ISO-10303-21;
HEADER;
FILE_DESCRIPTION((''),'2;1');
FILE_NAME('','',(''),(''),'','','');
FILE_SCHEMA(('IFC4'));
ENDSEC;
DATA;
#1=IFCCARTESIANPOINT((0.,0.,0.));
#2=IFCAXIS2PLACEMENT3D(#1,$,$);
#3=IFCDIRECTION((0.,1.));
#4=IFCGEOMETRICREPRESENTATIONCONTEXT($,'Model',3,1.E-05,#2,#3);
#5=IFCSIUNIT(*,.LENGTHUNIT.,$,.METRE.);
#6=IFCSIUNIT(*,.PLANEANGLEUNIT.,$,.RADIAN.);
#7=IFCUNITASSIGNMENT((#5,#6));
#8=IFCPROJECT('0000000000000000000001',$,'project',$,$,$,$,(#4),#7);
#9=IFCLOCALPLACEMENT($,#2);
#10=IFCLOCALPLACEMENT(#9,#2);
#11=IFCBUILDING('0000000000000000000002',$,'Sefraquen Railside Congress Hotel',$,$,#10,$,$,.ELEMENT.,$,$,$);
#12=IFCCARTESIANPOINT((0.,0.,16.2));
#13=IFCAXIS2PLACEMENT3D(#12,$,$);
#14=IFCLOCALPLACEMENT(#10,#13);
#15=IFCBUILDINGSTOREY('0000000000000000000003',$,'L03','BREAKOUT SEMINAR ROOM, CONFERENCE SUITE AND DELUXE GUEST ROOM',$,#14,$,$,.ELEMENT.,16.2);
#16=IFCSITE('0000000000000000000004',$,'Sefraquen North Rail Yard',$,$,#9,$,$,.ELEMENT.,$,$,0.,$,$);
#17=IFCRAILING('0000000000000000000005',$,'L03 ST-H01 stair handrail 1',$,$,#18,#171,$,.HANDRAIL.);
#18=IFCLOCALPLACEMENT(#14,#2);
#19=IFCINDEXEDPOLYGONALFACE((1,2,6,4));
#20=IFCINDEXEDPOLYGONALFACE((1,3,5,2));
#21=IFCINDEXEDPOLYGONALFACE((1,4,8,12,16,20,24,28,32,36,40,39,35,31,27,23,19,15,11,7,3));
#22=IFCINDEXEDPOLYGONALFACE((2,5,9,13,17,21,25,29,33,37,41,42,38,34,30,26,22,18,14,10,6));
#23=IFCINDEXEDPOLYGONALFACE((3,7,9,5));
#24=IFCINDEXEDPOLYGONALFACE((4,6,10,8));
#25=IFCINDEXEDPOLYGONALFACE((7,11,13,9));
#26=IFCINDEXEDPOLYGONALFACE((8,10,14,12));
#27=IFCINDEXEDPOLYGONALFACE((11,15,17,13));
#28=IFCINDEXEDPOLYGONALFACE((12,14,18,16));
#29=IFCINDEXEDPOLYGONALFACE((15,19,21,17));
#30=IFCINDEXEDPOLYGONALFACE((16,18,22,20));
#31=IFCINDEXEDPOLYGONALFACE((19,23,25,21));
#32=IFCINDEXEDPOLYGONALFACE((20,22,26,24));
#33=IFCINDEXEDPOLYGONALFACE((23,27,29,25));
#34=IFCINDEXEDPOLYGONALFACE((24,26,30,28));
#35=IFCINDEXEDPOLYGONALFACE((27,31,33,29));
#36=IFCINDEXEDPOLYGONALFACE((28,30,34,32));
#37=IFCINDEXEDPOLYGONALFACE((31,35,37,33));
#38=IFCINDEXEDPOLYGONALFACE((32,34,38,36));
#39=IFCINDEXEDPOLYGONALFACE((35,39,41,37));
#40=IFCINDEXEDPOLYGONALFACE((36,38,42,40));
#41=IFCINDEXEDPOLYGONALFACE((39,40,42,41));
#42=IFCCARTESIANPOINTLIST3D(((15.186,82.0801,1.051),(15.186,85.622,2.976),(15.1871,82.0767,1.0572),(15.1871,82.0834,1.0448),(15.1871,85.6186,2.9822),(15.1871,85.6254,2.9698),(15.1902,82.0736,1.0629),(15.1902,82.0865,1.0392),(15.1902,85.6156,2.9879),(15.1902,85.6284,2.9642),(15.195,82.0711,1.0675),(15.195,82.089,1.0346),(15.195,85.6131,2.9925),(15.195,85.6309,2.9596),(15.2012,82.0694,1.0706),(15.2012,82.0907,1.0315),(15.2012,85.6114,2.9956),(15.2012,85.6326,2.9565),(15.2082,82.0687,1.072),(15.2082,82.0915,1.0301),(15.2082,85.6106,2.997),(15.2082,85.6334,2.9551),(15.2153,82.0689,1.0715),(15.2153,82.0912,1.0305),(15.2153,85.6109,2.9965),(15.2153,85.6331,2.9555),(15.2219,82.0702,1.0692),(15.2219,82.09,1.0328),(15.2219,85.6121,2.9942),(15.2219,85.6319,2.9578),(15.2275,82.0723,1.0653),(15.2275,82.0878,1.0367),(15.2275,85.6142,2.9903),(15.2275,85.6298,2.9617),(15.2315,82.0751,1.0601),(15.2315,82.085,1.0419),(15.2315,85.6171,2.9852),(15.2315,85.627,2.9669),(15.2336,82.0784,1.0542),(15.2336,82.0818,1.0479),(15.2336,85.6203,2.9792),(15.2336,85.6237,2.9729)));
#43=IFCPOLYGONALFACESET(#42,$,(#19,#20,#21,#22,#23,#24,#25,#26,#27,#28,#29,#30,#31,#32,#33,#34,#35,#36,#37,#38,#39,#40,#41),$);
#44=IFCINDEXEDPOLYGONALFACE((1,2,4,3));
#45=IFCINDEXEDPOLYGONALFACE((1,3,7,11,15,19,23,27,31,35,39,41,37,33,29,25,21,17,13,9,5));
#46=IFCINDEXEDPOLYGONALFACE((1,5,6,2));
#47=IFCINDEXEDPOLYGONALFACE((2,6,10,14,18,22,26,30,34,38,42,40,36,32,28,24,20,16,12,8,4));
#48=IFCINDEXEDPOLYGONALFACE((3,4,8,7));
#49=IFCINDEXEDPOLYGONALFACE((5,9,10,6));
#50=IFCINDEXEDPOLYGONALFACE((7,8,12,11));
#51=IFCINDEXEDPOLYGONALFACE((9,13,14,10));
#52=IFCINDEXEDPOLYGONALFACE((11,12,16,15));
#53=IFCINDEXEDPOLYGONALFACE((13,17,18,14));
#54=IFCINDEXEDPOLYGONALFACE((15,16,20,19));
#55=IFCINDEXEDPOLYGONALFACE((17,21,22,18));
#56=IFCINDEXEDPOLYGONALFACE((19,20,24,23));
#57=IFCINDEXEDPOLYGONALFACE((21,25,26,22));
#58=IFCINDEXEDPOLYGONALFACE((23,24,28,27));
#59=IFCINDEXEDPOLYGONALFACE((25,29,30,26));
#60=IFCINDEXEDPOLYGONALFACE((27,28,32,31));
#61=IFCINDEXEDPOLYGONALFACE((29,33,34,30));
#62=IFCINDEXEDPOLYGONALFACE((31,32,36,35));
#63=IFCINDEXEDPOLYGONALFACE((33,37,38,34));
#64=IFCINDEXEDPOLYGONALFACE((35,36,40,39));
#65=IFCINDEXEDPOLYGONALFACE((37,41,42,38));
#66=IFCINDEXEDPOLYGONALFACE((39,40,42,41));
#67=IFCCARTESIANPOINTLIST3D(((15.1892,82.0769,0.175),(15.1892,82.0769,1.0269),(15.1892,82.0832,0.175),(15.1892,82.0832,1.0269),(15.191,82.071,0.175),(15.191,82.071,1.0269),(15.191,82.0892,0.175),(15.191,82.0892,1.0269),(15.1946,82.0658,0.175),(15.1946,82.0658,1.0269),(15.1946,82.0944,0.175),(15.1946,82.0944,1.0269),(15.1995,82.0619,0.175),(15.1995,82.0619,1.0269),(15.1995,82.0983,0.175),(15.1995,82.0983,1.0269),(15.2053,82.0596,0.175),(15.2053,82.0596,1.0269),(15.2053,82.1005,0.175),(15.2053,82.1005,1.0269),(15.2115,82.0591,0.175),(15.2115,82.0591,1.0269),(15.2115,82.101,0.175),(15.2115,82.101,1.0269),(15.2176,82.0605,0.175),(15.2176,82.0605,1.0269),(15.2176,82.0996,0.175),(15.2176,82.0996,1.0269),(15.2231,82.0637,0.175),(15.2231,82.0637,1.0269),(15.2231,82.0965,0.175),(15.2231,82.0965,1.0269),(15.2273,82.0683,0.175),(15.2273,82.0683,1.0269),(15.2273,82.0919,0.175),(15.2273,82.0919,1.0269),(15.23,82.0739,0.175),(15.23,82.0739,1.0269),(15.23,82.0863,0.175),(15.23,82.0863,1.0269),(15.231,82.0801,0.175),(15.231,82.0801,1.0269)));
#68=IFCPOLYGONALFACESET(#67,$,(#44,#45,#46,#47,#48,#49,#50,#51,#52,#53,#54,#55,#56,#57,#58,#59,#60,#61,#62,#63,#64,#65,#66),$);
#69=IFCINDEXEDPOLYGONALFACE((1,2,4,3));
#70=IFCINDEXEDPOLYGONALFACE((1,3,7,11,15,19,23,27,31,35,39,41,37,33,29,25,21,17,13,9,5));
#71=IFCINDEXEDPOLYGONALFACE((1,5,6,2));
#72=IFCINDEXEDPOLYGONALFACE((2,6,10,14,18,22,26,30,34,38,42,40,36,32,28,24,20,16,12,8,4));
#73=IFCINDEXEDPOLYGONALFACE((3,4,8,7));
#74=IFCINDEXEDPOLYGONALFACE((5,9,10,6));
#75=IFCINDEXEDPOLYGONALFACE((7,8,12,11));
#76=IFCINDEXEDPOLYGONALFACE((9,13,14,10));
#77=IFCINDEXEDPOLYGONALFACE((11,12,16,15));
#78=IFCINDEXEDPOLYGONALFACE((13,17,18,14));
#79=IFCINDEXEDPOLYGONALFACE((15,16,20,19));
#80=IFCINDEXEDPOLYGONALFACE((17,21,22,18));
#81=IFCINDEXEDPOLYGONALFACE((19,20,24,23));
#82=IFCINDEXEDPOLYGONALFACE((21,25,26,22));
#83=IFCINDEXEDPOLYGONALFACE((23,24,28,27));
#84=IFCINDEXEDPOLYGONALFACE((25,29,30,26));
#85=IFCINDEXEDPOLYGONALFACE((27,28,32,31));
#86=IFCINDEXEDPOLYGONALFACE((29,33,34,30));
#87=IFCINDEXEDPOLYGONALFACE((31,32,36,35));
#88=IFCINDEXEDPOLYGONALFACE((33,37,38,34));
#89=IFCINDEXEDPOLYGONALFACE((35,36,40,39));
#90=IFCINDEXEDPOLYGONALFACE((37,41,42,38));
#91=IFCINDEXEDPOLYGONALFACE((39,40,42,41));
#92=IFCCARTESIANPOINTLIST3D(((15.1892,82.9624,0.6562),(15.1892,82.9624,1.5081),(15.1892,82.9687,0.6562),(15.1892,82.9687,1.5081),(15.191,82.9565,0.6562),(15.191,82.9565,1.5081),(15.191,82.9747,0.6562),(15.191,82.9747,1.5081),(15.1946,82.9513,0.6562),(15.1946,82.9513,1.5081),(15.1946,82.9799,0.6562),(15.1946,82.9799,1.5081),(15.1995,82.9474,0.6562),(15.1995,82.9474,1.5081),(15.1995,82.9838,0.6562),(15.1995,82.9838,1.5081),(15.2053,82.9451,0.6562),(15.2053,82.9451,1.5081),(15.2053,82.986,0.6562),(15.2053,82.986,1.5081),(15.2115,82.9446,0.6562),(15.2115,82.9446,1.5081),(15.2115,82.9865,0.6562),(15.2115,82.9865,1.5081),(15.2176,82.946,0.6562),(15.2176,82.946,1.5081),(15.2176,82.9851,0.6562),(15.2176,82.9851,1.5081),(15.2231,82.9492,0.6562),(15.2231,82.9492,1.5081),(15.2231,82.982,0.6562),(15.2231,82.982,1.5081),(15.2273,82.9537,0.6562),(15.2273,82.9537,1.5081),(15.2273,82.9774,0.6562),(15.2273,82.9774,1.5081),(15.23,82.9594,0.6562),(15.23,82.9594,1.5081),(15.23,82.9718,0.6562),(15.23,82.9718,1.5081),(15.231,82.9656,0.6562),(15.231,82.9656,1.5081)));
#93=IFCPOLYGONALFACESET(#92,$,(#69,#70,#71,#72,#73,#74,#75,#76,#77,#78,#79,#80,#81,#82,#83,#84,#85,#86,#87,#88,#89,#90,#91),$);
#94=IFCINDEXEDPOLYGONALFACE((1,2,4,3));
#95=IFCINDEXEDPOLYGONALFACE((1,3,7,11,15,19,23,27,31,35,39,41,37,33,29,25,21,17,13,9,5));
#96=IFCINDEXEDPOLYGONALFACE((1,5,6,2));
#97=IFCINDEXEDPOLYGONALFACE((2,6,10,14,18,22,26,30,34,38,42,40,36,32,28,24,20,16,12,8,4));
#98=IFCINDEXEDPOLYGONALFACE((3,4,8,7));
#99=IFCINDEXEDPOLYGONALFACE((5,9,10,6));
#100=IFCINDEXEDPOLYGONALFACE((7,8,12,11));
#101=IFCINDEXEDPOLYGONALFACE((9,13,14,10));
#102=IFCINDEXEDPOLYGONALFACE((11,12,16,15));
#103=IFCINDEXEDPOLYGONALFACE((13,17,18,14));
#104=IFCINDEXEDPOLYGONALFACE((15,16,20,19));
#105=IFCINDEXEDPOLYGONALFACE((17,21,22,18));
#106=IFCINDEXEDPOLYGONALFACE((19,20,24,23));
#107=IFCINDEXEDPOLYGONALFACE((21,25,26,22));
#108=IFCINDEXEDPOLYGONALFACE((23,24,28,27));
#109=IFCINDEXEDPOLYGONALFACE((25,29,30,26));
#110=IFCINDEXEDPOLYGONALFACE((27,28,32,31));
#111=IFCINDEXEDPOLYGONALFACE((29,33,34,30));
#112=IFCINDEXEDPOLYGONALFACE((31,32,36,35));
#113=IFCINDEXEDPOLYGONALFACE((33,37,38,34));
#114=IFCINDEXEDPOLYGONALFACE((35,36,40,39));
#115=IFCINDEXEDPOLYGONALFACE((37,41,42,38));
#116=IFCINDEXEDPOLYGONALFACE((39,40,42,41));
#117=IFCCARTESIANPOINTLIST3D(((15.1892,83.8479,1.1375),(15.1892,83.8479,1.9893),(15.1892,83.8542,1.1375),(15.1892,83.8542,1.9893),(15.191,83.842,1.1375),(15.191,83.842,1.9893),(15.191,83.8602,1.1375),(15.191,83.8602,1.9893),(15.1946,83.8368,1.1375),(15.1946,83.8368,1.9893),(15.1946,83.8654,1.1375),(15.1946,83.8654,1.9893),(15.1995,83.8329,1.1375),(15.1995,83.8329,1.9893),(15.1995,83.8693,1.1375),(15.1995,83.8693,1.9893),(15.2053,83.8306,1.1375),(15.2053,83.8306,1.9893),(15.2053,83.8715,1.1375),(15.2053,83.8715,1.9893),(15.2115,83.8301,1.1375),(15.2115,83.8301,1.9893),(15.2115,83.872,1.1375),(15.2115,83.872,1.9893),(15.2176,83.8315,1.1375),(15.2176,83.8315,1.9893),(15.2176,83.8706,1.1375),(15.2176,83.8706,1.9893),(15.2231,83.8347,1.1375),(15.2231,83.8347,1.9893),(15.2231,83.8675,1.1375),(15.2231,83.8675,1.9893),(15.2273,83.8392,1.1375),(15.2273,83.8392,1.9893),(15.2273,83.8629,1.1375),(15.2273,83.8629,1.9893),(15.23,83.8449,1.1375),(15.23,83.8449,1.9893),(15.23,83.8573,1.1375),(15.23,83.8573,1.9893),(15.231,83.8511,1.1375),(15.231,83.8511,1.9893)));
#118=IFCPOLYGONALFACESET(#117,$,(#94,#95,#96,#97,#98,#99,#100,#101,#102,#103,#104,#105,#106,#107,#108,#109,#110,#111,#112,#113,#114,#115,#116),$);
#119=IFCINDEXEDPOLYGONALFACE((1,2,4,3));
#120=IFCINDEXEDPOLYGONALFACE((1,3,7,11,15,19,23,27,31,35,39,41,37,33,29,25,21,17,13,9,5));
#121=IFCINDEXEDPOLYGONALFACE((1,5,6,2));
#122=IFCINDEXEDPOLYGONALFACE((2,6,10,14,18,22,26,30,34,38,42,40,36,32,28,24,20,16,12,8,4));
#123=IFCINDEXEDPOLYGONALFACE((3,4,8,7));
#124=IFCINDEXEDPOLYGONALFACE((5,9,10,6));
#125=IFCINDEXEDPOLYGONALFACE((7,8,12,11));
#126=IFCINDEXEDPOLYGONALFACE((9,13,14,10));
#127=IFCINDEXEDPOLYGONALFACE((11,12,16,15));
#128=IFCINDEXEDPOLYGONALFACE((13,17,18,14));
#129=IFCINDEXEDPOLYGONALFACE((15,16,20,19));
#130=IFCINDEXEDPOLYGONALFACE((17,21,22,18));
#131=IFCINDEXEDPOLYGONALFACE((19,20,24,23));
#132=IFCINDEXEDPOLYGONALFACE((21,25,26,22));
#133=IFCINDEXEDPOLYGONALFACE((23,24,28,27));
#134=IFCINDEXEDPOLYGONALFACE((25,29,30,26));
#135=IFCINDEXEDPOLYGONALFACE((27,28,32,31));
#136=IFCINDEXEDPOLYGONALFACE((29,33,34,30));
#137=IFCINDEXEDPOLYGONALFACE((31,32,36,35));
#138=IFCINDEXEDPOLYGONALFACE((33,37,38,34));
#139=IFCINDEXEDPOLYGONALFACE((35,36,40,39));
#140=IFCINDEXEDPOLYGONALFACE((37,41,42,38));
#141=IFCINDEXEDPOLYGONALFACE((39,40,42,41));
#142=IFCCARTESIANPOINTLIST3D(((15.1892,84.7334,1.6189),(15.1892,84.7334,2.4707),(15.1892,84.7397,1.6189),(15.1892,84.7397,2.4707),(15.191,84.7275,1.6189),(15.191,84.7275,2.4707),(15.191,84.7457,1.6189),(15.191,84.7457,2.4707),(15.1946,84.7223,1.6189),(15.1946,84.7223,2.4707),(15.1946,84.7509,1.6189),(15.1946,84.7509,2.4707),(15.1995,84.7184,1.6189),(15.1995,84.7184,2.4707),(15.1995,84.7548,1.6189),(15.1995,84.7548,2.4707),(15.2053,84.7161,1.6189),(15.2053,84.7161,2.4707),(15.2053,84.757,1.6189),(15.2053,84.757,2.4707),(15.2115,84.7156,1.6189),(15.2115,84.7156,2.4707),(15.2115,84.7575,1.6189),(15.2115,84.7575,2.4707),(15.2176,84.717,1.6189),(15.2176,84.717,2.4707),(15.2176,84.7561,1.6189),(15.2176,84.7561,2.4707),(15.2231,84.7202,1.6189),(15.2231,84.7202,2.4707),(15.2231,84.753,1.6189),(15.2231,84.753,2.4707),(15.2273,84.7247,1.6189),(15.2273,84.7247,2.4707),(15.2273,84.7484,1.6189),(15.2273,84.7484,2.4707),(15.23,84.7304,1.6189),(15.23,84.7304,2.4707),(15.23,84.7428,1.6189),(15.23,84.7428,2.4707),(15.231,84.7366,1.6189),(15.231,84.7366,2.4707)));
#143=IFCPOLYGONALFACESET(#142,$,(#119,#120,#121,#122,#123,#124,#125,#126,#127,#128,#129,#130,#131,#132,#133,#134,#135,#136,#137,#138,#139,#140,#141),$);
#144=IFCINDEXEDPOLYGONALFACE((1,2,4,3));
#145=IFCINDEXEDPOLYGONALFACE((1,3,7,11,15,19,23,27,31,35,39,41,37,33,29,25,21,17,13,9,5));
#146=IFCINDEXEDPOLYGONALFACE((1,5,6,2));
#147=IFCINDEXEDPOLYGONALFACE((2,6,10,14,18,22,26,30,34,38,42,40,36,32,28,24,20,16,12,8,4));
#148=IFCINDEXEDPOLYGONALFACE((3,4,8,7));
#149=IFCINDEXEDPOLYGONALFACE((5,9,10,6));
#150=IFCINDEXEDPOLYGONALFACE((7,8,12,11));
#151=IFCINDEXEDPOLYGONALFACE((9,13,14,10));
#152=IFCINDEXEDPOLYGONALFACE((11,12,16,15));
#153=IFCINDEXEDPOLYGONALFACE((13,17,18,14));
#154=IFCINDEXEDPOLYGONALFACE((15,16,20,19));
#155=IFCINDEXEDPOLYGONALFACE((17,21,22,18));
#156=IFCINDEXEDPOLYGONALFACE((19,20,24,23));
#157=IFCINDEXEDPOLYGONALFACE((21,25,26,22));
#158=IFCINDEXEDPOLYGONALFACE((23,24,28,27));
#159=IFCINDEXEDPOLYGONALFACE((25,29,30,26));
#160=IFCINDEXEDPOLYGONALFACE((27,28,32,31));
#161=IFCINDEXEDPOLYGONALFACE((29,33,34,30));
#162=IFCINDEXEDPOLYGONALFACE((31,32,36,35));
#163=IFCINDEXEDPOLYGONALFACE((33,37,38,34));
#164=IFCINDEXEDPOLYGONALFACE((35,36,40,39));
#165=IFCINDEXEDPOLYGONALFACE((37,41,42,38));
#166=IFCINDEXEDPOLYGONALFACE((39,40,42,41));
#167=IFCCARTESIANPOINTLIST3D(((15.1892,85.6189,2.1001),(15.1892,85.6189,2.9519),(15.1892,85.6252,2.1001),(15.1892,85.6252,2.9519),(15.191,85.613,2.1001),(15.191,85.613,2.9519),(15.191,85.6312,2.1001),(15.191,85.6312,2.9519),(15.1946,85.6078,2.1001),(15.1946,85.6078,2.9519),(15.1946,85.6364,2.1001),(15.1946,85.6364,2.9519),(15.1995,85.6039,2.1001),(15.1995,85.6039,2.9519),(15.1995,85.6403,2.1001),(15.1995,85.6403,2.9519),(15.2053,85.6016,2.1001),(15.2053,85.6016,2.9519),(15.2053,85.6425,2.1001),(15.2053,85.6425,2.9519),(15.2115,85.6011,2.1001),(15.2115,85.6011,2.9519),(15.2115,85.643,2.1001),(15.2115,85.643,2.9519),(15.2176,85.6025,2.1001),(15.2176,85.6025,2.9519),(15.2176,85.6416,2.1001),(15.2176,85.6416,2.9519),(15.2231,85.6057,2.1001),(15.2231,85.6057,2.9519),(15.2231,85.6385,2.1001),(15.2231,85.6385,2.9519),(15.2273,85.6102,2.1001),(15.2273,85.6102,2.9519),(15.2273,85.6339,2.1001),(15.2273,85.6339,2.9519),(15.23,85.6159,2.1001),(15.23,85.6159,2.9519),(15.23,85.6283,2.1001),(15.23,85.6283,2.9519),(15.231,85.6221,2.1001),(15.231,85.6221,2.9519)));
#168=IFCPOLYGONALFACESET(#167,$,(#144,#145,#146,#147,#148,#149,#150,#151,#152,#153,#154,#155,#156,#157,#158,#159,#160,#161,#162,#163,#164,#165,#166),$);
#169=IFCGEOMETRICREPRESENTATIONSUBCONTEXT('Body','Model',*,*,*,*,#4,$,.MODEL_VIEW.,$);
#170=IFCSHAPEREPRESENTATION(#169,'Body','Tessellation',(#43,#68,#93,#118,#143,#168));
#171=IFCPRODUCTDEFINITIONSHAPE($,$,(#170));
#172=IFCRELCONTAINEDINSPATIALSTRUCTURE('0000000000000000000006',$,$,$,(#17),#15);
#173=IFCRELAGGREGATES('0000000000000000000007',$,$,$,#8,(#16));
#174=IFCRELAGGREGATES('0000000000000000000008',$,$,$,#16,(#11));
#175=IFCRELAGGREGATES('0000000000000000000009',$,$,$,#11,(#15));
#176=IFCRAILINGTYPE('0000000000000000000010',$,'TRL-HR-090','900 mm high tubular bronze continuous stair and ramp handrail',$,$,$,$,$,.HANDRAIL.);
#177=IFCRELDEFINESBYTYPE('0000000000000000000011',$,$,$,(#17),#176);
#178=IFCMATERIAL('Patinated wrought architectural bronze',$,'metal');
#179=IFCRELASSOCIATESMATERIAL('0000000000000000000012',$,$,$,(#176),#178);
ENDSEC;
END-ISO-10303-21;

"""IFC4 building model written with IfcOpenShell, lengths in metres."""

from ifc_helpers import new_model, si_unit, direction, frame, origin, origin_2d, place, context, subcontext, project, spatial, circle, extrude, material, type_object, element, save


model = new_model("IFC4")

# Units and contexts
model_context = context("Model", 3, precision=1e-05, world=origin(), true_north=direction((0.0, 1.0)))
body_context = subcontext(model_context, "Body", "Model", "MODEL_VIEW")
ifc_project = project(units=[si_unit("LENGTHUNIT", "METRE"), si_unit("PLANEANGLEUNIT", "RADIAN")], contexts=[model_context])

# Site, building, storey
site_placement = place(None, origin())
site = spatial("IfcSite", under=ifc_project, at=site_placement, Name="Sefraquen North Rail Yard", CompositionType="ELEMENT", RefElevation=0.0)
building_placement = place(site_placement, origin())
building = spatial("IfcBuilding", under=site, at=building_placement, Name="Sefraquen Railside Congress Hotel", CompositionType="ELEMENT")
storey_placement = place(building_placement, frame((0.0, 0.0, 16.2)))
storey = spatial("IfcBuildingStorey", under=building, at=storey_placement, Name="L03", Description="BREAKOUT SEMINAR ROOM, CONFERENCE SUITE AND DELUXE GUEST ROOM", CompositionType="ELEMENT", Elevation=16.2)

# Railing
ifc_material_1 = material(Name="Patinated wrought architectural bronze", Category="metal")
railing_type_1 = type_object("IfcRailingType", Name="TRL-HR-090", Description="900 mm high tubular bronze continuous stair and ramp handrail", PredefinedType="HANDRAIL", material=ifc_material_1)
railing_1_placement = place(storey_placement, frame((15.21, 82.0801, 0.175)))
element("IfcRailing", 1, at=railing_1_placement, inside=storey, type_object=railing_type_1, Name="L03 ST-H01 stair handrail 1", PredefinedType="HANDRAIL", context=body_context, shape_type="SweptSolid", body=[
    extrude(circle(Radius=0.0239, at=origin_2d()), frame((0.0, 0.0, 0.876), z_axis=(0.0, 0.878619, 0.477523), x_axis=(-1.0, 0.0, 0.0)), (0.0, 0.0, 1.0), 4.0312),
    extrude(circle(Radius=0.021, at=origin_2d()), origin(), (0.0, 0.0, 1.0), 0.8518),
    extrude(circle(Radius=0.021, at=origin_2d()), frame((0.0, 0.8855, 0.4812)), (0.0, 0.0, 1.0), 0.8518),
    extrude(circle(Radius=0.021, at=origin_2d()), frame((0.0, 1.771, 0.9624)), (0.0, 0.0, 1.0), 0.8518),
    extrude(circle(Radius=0.021, at=origin_2d()), frame((0.0, 2.6565, 1.4438)), (0.0, 0.0, 1.0), 0.8518),
    extrude(circle(Radius=0.021, at=origin_2d()), frame((0.0, 3.542, 1.925)), (0.0, 0.0, 1.0), 0.8518),
])

save(model, "model.ifc")
